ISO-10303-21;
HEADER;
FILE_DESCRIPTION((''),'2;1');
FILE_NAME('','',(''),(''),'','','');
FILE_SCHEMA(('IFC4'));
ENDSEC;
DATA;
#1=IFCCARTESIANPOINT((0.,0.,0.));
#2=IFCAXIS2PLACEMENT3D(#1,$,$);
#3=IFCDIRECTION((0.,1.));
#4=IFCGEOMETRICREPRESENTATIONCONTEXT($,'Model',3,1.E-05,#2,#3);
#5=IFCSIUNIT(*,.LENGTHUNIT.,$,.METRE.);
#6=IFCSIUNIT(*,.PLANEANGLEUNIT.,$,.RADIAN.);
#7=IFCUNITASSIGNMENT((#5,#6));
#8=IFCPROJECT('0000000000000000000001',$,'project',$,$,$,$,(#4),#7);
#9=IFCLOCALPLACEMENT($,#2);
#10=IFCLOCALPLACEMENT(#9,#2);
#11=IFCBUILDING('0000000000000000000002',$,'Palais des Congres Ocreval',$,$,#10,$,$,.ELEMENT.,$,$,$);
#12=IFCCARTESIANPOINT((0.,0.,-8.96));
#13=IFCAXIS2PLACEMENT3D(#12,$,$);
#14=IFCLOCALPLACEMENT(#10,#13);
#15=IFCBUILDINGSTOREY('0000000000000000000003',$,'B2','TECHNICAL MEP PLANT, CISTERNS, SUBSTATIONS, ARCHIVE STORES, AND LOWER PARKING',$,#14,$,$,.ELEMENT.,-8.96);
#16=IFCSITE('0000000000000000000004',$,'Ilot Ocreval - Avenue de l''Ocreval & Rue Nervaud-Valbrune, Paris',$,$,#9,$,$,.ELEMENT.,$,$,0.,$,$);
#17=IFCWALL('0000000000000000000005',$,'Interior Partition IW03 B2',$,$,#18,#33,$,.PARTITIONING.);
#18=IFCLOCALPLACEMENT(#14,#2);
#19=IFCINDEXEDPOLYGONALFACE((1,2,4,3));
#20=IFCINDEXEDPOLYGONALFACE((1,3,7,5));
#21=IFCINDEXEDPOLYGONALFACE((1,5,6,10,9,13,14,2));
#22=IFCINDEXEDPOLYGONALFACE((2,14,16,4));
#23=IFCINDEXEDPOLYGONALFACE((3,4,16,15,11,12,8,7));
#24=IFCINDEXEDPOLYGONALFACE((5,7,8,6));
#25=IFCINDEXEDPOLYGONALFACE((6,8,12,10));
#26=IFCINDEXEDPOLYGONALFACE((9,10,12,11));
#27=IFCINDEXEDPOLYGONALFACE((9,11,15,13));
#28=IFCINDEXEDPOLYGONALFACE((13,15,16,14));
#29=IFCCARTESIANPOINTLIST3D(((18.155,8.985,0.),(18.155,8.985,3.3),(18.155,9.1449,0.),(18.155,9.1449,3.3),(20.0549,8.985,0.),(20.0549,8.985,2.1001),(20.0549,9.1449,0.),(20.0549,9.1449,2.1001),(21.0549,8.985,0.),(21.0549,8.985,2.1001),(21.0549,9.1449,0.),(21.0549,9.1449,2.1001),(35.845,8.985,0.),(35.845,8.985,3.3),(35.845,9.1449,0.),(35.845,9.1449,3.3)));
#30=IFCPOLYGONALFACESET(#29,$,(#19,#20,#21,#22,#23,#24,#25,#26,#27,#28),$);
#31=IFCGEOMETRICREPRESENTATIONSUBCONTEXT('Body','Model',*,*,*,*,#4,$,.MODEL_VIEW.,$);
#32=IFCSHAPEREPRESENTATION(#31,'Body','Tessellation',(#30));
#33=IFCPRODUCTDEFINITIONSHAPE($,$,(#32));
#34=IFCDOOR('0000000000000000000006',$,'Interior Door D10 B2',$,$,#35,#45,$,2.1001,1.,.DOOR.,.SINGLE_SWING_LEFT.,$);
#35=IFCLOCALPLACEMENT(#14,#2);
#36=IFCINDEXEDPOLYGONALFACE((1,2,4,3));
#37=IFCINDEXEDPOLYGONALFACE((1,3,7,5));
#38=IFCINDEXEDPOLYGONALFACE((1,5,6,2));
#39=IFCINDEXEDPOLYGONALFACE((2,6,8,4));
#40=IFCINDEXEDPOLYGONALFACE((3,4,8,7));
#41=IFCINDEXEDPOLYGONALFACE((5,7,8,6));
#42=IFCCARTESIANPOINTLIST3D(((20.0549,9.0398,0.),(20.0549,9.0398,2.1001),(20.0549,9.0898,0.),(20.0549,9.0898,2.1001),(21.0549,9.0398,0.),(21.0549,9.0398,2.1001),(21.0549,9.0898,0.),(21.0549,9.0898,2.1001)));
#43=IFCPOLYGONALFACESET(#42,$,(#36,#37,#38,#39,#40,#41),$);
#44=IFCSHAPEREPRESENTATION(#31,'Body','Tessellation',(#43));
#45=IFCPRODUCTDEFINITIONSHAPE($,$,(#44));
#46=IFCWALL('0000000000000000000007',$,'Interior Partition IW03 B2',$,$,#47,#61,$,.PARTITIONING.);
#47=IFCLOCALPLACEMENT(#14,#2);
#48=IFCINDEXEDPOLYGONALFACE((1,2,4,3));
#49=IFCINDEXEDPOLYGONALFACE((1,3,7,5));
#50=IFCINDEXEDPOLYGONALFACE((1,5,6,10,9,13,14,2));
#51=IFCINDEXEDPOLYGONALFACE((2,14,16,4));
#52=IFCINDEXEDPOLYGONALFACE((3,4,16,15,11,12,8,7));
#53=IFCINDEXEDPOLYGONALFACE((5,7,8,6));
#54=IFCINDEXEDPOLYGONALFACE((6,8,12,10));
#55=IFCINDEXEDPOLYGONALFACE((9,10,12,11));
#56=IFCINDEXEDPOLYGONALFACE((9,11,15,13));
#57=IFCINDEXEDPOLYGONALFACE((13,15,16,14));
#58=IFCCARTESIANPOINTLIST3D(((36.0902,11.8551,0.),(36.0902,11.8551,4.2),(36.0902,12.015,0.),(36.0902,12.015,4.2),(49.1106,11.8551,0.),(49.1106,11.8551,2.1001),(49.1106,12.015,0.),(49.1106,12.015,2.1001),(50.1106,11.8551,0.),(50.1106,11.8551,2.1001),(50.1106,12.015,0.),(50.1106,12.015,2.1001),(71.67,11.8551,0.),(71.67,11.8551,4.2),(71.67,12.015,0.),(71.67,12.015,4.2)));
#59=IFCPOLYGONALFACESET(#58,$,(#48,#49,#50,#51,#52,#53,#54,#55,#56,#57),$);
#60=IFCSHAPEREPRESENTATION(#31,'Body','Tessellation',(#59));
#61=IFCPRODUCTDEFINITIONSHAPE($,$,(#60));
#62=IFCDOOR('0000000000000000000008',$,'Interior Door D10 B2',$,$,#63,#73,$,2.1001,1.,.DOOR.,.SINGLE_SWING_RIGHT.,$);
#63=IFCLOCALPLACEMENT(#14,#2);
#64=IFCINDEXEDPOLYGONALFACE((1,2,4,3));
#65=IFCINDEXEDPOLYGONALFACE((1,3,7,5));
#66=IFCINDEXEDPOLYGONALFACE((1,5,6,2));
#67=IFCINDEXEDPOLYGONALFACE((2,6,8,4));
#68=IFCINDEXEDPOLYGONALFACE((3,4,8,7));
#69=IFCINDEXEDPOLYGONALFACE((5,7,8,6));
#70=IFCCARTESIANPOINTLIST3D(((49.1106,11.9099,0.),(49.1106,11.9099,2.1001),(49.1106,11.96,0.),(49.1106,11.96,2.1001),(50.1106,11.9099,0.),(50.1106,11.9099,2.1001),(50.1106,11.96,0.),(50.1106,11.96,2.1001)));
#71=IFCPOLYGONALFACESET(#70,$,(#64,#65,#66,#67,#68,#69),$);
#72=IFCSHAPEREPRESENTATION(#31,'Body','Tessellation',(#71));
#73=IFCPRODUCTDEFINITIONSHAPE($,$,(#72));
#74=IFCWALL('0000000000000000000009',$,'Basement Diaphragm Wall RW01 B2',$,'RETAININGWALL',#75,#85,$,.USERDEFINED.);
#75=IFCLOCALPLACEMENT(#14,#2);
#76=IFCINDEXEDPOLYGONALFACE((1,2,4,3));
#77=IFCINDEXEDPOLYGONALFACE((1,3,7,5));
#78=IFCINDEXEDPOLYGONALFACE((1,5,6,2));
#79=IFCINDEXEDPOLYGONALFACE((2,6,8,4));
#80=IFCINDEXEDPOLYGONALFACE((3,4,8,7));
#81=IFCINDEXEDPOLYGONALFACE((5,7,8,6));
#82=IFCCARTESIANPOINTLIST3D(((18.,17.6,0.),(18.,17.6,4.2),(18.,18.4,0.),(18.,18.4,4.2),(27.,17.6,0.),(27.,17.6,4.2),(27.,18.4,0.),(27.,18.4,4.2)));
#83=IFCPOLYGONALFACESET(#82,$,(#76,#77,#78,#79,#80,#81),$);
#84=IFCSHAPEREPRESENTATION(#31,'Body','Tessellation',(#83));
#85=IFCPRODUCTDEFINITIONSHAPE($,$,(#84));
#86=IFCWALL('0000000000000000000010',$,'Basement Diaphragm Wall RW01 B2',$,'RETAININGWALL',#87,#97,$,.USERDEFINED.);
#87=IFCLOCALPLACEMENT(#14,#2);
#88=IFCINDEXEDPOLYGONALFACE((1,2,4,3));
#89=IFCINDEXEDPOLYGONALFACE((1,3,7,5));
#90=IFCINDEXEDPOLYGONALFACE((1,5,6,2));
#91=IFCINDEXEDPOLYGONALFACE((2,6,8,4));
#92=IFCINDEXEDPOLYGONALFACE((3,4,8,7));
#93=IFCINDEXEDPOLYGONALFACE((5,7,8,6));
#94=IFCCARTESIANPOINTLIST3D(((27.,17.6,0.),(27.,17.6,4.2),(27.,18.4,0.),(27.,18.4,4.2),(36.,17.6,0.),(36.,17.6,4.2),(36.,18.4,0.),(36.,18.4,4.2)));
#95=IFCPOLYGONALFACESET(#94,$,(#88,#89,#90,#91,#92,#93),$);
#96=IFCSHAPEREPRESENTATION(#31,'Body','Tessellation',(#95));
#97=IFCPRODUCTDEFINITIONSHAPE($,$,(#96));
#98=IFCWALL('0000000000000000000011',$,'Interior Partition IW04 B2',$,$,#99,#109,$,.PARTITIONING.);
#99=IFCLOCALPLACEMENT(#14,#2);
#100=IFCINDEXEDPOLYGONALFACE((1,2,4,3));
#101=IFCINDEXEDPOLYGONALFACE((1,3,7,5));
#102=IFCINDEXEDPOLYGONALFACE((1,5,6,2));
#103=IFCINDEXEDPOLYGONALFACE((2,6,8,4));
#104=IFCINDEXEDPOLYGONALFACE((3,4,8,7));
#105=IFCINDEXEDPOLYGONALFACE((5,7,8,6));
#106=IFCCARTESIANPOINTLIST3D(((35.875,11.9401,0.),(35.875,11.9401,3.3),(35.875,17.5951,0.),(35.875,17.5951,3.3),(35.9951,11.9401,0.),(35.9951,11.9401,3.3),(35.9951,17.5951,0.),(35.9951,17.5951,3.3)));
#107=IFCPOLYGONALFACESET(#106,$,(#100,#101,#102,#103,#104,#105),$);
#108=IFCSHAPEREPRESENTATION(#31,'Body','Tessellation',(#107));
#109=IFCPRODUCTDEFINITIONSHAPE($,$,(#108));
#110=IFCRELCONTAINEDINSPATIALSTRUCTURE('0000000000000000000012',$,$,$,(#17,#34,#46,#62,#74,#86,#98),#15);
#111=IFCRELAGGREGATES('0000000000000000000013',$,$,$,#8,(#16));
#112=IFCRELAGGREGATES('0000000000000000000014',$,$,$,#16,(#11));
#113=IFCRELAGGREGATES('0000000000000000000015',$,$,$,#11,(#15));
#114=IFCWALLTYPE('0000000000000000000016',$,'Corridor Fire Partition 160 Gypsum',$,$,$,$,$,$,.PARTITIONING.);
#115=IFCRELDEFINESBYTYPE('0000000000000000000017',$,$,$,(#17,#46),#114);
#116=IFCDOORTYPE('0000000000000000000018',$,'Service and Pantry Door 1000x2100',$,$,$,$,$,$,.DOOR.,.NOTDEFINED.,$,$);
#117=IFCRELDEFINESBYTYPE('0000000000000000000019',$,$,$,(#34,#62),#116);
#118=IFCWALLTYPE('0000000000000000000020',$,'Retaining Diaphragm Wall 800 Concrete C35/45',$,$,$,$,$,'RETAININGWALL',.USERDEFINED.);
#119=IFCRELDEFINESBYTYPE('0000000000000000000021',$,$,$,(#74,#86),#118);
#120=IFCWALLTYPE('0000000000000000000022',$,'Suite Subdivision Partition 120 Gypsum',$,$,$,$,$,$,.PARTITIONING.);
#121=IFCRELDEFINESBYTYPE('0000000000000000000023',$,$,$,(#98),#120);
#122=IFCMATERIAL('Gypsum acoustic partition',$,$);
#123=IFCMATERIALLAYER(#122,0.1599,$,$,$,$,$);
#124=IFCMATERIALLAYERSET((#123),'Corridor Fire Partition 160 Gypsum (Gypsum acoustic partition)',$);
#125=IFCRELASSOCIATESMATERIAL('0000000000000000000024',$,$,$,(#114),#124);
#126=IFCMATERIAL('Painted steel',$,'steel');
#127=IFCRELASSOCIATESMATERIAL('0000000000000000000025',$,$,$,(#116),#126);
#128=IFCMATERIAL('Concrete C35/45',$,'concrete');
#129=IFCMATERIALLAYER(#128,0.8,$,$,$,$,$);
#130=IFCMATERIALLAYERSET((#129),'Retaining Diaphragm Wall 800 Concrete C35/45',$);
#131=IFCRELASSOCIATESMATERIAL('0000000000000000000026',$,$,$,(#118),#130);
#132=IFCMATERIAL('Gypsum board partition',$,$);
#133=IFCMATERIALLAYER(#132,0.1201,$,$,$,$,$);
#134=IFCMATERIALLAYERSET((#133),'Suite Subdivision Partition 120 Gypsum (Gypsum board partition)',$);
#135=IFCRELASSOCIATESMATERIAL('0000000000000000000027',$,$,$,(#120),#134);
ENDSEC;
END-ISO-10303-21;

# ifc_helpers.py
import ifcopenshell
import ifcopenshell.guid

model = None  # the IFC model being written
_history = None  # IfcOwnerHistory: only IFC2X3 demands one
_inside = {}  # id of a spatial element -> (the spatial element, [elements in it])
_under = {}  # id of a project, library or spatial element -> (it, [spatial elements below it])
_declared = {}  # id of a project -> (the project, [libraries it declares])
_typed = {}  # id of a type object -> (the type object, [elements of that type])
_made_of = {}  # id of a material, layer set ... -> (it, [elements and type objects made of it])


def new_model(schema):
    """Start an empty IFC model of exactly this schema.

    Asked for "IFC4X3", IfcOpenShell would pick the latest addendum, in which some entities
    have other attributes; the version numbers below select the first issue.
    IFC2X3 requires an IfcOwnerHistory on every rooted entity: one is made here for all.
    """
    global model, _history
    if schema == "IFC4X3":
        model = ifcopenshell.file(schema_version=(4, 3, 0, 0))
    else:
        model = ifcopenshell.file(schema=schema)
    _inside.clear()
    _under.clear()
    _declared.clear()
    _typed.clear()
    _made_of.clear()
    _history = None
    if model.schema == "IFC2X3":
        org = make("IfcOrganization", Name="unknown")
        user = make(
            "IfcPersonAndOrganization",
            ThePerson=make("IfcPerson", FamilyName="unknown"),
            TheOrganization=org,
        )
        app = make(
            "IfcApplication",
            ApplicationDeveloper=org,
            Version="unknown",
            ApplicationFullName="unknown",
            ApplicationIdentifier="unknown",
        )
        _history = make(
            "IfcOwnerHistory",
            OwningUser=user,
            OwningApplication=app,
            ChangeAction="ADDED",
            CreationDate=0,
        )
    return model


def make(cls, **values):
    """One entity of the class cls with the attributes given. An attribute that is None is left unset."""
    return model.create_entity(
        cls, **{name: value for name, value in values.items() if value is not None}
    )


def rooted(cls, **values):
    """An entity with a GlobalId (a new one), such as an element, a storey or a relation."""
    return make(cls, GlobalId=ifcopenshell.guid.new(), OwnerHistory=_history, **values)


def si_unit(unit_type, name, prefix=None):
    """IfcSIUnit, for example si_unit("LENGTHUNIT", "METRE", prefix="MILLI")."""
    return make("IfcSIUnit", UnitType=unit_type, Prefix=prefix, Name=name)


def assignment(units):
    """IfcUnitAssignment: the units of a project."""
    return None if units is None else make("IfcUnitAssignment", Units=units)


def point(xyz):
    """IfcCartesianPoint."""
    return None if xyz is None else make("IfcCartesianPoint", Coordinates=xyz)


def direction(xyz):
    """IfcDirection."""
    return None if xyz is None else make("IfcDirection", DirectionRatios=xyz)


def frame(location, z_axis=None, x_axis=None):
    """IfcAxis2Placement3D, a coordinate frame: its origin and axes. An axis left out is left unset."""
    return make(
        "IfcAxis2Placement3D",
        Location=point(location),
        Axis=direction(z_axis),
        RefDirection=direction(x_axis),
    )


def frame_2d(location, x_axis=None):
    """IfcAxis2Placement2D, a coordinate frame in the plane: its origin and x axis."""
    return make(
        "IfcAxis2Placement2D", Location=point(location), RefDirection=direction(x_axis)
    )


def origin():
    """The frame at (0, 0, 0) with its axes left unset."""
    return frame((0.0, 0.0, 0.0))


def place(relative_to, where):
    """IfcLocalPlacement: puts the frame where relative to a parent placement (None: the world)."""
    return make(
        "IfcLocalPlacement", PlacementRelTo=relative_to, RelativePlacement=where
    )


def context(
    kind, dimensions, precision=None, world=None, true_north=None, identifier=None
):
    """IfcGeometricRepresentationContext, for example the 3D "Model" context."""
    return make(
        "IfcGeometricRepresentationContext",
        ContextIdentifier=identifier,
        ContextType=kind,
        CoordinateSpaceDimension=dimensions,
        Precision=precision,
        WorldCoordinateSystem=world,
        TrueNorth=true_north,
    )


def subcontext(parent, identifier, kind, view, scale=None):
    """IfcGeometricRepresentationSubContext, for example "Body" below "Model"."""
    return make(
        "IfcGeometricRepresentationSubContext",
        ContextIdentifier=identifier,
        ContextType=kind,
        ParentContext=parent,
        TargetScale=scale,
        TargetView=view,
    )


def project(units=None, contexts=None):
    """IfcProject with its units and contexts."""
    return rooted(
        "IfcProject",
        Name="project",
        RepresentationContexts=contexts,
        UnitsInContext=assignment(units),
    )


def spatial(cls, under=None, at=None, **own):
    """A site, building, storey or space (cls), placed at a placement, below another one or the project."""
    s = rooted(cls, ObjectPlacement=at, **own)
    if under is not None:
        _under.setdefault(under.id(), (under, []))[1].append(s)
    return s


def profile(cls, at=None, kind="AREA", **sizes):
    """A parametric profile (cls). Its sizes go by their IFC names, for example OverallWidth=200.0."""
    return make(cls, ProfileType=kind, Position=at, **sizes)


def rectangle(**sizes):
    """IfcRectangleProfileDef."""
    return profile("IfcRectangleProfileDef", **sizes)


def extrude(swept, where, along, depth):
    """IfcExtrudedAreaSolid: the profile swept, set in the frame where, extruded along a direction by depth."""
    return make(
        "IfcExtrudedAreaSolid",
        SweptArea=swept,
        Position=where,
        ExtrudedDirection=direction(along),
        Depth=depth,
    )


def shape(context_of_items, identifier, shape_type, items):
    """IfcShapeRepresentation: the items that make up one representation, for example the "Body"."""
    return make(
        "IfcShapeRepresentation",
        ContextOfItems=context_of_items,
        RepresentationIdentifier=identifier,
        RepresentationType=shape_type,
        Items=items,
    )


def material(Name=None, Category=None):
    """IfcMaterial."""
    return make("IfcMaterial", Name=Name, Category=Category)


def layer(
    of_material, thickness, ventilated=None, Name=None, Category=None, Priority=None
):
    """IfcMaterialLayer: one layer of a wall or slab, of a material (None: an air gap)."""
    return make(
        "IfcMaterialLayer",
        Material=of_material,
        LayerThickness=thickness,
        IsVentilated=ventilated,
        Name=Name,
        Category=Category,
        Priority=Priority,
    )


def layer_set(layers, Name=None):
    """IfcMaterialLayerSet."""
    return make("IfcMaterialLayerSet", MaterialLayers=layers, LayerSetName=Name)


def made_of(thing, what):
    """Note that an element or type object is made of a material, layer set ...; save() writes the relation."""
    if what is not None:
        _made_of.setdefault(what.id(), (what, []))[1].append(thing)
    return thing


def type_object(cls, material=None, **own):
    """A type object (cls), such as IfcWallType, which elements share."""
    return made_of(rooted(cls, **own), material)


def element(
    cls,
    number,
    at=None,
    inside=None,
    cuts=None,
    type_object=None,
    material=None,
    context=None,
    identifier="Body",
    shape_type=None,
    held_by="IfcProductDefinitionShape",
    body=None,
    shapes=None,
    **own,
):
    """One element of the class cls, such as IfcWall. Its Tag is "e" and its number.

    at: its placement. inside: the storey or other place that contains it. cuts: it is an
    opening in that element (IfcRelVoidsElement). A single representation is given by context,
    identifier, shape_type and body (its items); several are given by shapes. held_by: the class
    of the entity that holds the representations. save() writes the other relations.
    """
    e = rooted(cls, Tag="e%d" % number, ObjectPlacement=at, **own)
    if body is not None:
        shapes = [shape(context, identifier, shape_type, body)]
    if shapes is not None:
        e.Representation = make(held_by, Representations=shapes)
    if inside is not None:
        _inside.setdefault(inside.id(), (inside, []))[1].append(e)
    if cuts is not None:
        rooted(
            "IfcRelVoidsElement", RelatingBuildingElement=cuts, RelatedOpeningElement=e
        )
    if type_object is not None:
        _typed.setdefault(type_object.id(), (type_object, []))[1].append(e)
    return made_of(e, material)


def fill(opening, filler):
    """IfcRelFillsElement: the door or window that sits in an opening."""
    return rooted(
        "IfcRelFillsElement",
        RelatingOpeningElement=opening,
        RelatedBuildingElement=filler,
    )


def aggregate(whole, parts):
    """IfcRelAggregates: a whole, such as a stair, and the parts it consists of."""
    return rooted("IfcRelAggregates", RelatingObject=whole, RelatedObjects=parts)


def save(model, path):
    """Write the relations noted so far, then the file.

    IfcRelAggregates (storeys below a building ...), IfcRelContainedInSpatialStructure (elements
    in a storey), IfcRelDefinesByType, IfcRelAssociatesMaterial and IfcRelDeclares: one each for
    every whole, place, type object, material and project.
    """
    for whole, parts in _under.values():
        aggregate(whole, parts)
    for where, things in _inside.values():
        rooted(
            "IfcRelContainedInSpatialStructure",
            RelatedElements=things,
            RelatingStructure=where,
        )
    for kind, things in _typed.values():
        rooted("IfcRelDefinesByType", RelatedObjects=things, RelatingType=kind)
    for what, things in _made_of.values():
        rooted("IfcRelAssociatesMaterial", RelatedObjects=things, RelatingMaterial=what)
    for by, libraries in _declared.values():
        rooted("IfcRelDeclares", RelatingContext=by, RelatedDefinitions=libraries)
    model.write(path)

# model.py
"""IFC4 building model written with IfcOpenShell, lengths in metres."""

from ifc_helpers import new_model, si_unit, direction, frame, frame_2d, origin, place, context, subcontext, project, spatial, rectangle, extrude, material, layer, layer_set, type_object, element, fill, save


model = new_model("IFC4")

# Units and contexts
model_context = context("Model", 3, precision=1e-05, world=origin(), true_north=direction((0.0, 1.0)))
body_context = subcontext(model_context, "Body", "Model", "MODEL_VIEW")
ifc_project = project(units=[si_unit("LENGTHUNIT", "METRE"), si_unit("PLANEANGLEUNIT", "RADIAN")], contexts=[model_context])

# Site, building, storey
site_placement = place(None, origin())
site = spatial("IfcSite", under=ifc_project, at=site_placement, Name="Ilot Ocreval - Avenue de l'Ocreval & Rue Nervaud-Valbrune, Paris", CompositionType="ELEMENT", RefElevation=0.0)
building_placement = place(site_placement, origin())
building = spatial("IfcBuilding", under=site, at=building_placement, Name="Palais des Congres Ocreval", CompositionType="ELEMENT")
storey_placement = place(building_placement, frame((0.0, 0.0, -8.96)))
storey = spatial("IfcBuildingStorey", under=building, at=storey_placement, Name="B2", Description="TECHNICAL MEP PLANT, CISTERNS, SUBSTATIONS, ARCHIVE STORES, AND LOWER PARKING", CompositionType="ELEMENT", Elevation=-8.96)

# Shared definitions
ifc_material_1 = material(Name="Concrete C35/45", Category="concrete")

# Walls, openings, doors
ifc_material_2 = material(Name="Gypsum acoustic partition")
ifc_layer_1 = layer(ifc_material_2, 0.1599)
ifc_layer_set_1 = layer_set([ifc_layer_1], Name="Corridor Fire Partition 160 Gypsum (Gypsum acoustic partition)")
wall_type_1 = type_object("IfcWallType", Name="Corridor Fire Partition 160 Gypsum", PredefinedType="PARTITIONING", material=ifc_layer_set_1)
wall_1_placement = place(storey_placement, frame((18.155, 9.0649, 0.0), z_axis=(0.0, 0.0, 1.0), x_axis=(1.0, 0.0, 0.0)))
wall_1 = element("IfcWall", 1, at=wall_1_placement, inside=storey, type_object=wall_type_1, Name="Interior Partition IW03 B2", PredefinedType="PARTITIONING", context=body_context, shape_type="SweptSolid", body=[
    extrude(rectangle(XDim=17.6899, YDim=0.1599, at=frame_2d((8.845, 0.0))), origin(), (0.0, 0.0, 1.0), 3.3),
])
opening_1_placement = place(wall_1_placement, frame((1.8999, 0.0, 0.0)))
opening_1 = element("IfcOpeningElement", 2, at=opening_1_placement, cuts=wall_1, PredefinedType="OPENING", context=body_context, shape_type="SweptSolid", body=[
    extrude(rectangle(XDim=1.0, YDim=2.1001, at=frame_2d((0.5, 1.05))), frame((0.0, 0.0898, 0.0), z_axis=(0.0, -1.0, 0.0), x_axis=(1.0, 0.0, 0.0)), (0.0, 0.0, 1.0), 0.1799),
])
ifc_material_3 = material(Name="Painted steel", Category="steel")
door_type = type_object("IfcDoorType", Name="Service and Pantry Door 1000x2100", OperationType="NOTDEFINED", PredefinedType="DOOR", material=ifc_material_3)
door_1_placement = place(opening_1_placement, origin())
door_1 = element("IfcDoor", 3, at=door_1_placement, inside=storey, type_object=door_type, Name="Interior Door D10 B2", OperationType="SINGLE_SWING_LEFT", OverallHeight=2.1001, OverallWidth=1.0, PredefinedType="DOOR", context=body_context, shape_type="SweptSolid", body=[
    extrude(rectangle(XDim=1.0, YDim=2.1001, at=frame_2d((0.5, 1.05))), frame((0.0, 0.0249, 0.0), z_axis=(0.0, -1.0, 0.0), x_axis=(1.0, 0.0, 0.0)), (0.0, 0.0, 1.0), 0.05),
])
fill(opening_1, door_1)
wall_2_placement = place(storey_placement, frame((36.0901, 11.9351, 0.0), z_axis=(0.0, 0.0, 1.0), x_axis=(1.0, 0.0, 0.0)))
wall_2 = element("IfcWall", 4, at=wall_2_placement, inside=storey, type_object=wall_type_1, Name="Interior Partition IW03 B2", PredefinedType="PARTITIONING", context=body_context, shape_type="SweptSolid", body=[
    extrude(rectangle(XDim=35.5798, YDim=0.1599, at=frame_2d((17.79, 0.0))), origin(), (0.0, 0.0, 1.0), 4.2),
])
opening_2_placement = place(wall_2_placement, frame((13.0205, 0.0, 0.0)))
opening_2 = element("IfcOpeningElement", 5, at=opening_2_placement, cuts=wall_2, PredefinedType="OPENING", context=body_context, shape_type="SweptSolid", body=[
    extrude(rectangle(XDim=1.0, YDim=2.1001, at=frame_2d((0.5, 1.05))), frame((0.0, 0.0898, 0.0), z_axis=(0.0, -1.0, 0.0), x_axis=(1.0, 0.0, 0.0)), (0.0, 0.0, 1.0), 0.1799),
])
door_2_placement = place(opening_2_placement, origin())
door_2 = element("IfcDoor", 6, at=door_2_placement, inside=storey, type_object=door_type, Name="Interior Door D10 B2", OperationType="SINGLE_SWING_RIGHT", OverallHeight=2.1001, OverallWidth=1.0, PredefinedType="DOOR", context=body_context, shape_type="SweptSolid", body=[
    extrude(rectangle(XDim=1.0, YDim=2.1001, at=frame_2d((0.5, 1.05))), frame((0.0, 0.0249, 0.0), z_axis=(0.0, -1.0, 0.0), x_axis=(1.0, 0.0, 0.0)), (0.0, 0.0, 1.0), 0.05),
])
fill(opening_2, door_2)

# Walls
ifc_layer_2 = layer(ifc_material_1, 0.8)
ifc_layer_set_2 = layer_set([ifc_layer_2], Name="Retaining Diaphragm Wall 800 Concrete C35/45")
wall_type_2 = type_object("IfcWallType", Name="Retaining Diaphragm Wall 800 Concrete C35/45", ElementType="RETAININGWALL", PredefinedType="USERDEFINED", material=ifc_layer_set_2)
for number, where, z_axis, x_axis, name in (
    (7, (18.0, 18.0, 0.0), (0.0, 0.0, 1.0), (1.0, 0.0, 0.0), "Basement Diaphragm Wall RW01 B2"),
    (8, (27.0, 18.0, 0.0), (0.0, 0.0, 1.0), (1.0, 0.0, 0.0), "Basement Diaphragm Wall RW01 B2"),
):
    element("IfcWall", number, at=place(storey_placement, frame(where, z_axis=z_axis, x_axis=x_axis)), inside=storey, type_object=wall_type_2, Name=name, ObjectType="RETAININGWALL", PredefinedType="USERDEFINED", context=body_context, shape_type="SweptSolid", body=[
        extrude(rectangle(XDim=9.0, YDim=0.8, at=frame_2d((4.5, 0.0))), origin(), (0.0, 0.0, 1.0), 4.2),
    ])
ifc_material_4 = material(Name="Gypsum board partition")
ifc_layer_3 = layer(ifc_material_4, 0.1201)
ifc_layer_set_3 = layer_set([ifc_layer_3], Name="Suite Subdivision Partition 120 Gypsum (Gypsum board partition)")
wall_type_3 = type_object("IfcWallType", Name="Suite Subdivision Partition 120 Gypsum", PredefinedType="PARTITIONING", material=ifc_layer_set_3)
wall_3_placement = place(storey_placement, frame((35.9351, 11.9399, 0.0), z_axis=(0.0, 0.0, 1.0), x_axis=(0.0, 1.0, 0.0)))
element("IfcWall", 9, at=wall_3_placement, inside=storey, type_object=wall_type_3, Name="Interior Partition IW04 B2", PredefinedType="PARTITIONING", context=body_context, shape_type="SweptSolid", body=[
    extrude(rectangle(XDim=5.655, YDim=0.1201, at=frame_2d((2.8276, 0.0))), origin(), (0.0, 0.0, 1.0), 3.3),
])

save(model, "model.ifc")
